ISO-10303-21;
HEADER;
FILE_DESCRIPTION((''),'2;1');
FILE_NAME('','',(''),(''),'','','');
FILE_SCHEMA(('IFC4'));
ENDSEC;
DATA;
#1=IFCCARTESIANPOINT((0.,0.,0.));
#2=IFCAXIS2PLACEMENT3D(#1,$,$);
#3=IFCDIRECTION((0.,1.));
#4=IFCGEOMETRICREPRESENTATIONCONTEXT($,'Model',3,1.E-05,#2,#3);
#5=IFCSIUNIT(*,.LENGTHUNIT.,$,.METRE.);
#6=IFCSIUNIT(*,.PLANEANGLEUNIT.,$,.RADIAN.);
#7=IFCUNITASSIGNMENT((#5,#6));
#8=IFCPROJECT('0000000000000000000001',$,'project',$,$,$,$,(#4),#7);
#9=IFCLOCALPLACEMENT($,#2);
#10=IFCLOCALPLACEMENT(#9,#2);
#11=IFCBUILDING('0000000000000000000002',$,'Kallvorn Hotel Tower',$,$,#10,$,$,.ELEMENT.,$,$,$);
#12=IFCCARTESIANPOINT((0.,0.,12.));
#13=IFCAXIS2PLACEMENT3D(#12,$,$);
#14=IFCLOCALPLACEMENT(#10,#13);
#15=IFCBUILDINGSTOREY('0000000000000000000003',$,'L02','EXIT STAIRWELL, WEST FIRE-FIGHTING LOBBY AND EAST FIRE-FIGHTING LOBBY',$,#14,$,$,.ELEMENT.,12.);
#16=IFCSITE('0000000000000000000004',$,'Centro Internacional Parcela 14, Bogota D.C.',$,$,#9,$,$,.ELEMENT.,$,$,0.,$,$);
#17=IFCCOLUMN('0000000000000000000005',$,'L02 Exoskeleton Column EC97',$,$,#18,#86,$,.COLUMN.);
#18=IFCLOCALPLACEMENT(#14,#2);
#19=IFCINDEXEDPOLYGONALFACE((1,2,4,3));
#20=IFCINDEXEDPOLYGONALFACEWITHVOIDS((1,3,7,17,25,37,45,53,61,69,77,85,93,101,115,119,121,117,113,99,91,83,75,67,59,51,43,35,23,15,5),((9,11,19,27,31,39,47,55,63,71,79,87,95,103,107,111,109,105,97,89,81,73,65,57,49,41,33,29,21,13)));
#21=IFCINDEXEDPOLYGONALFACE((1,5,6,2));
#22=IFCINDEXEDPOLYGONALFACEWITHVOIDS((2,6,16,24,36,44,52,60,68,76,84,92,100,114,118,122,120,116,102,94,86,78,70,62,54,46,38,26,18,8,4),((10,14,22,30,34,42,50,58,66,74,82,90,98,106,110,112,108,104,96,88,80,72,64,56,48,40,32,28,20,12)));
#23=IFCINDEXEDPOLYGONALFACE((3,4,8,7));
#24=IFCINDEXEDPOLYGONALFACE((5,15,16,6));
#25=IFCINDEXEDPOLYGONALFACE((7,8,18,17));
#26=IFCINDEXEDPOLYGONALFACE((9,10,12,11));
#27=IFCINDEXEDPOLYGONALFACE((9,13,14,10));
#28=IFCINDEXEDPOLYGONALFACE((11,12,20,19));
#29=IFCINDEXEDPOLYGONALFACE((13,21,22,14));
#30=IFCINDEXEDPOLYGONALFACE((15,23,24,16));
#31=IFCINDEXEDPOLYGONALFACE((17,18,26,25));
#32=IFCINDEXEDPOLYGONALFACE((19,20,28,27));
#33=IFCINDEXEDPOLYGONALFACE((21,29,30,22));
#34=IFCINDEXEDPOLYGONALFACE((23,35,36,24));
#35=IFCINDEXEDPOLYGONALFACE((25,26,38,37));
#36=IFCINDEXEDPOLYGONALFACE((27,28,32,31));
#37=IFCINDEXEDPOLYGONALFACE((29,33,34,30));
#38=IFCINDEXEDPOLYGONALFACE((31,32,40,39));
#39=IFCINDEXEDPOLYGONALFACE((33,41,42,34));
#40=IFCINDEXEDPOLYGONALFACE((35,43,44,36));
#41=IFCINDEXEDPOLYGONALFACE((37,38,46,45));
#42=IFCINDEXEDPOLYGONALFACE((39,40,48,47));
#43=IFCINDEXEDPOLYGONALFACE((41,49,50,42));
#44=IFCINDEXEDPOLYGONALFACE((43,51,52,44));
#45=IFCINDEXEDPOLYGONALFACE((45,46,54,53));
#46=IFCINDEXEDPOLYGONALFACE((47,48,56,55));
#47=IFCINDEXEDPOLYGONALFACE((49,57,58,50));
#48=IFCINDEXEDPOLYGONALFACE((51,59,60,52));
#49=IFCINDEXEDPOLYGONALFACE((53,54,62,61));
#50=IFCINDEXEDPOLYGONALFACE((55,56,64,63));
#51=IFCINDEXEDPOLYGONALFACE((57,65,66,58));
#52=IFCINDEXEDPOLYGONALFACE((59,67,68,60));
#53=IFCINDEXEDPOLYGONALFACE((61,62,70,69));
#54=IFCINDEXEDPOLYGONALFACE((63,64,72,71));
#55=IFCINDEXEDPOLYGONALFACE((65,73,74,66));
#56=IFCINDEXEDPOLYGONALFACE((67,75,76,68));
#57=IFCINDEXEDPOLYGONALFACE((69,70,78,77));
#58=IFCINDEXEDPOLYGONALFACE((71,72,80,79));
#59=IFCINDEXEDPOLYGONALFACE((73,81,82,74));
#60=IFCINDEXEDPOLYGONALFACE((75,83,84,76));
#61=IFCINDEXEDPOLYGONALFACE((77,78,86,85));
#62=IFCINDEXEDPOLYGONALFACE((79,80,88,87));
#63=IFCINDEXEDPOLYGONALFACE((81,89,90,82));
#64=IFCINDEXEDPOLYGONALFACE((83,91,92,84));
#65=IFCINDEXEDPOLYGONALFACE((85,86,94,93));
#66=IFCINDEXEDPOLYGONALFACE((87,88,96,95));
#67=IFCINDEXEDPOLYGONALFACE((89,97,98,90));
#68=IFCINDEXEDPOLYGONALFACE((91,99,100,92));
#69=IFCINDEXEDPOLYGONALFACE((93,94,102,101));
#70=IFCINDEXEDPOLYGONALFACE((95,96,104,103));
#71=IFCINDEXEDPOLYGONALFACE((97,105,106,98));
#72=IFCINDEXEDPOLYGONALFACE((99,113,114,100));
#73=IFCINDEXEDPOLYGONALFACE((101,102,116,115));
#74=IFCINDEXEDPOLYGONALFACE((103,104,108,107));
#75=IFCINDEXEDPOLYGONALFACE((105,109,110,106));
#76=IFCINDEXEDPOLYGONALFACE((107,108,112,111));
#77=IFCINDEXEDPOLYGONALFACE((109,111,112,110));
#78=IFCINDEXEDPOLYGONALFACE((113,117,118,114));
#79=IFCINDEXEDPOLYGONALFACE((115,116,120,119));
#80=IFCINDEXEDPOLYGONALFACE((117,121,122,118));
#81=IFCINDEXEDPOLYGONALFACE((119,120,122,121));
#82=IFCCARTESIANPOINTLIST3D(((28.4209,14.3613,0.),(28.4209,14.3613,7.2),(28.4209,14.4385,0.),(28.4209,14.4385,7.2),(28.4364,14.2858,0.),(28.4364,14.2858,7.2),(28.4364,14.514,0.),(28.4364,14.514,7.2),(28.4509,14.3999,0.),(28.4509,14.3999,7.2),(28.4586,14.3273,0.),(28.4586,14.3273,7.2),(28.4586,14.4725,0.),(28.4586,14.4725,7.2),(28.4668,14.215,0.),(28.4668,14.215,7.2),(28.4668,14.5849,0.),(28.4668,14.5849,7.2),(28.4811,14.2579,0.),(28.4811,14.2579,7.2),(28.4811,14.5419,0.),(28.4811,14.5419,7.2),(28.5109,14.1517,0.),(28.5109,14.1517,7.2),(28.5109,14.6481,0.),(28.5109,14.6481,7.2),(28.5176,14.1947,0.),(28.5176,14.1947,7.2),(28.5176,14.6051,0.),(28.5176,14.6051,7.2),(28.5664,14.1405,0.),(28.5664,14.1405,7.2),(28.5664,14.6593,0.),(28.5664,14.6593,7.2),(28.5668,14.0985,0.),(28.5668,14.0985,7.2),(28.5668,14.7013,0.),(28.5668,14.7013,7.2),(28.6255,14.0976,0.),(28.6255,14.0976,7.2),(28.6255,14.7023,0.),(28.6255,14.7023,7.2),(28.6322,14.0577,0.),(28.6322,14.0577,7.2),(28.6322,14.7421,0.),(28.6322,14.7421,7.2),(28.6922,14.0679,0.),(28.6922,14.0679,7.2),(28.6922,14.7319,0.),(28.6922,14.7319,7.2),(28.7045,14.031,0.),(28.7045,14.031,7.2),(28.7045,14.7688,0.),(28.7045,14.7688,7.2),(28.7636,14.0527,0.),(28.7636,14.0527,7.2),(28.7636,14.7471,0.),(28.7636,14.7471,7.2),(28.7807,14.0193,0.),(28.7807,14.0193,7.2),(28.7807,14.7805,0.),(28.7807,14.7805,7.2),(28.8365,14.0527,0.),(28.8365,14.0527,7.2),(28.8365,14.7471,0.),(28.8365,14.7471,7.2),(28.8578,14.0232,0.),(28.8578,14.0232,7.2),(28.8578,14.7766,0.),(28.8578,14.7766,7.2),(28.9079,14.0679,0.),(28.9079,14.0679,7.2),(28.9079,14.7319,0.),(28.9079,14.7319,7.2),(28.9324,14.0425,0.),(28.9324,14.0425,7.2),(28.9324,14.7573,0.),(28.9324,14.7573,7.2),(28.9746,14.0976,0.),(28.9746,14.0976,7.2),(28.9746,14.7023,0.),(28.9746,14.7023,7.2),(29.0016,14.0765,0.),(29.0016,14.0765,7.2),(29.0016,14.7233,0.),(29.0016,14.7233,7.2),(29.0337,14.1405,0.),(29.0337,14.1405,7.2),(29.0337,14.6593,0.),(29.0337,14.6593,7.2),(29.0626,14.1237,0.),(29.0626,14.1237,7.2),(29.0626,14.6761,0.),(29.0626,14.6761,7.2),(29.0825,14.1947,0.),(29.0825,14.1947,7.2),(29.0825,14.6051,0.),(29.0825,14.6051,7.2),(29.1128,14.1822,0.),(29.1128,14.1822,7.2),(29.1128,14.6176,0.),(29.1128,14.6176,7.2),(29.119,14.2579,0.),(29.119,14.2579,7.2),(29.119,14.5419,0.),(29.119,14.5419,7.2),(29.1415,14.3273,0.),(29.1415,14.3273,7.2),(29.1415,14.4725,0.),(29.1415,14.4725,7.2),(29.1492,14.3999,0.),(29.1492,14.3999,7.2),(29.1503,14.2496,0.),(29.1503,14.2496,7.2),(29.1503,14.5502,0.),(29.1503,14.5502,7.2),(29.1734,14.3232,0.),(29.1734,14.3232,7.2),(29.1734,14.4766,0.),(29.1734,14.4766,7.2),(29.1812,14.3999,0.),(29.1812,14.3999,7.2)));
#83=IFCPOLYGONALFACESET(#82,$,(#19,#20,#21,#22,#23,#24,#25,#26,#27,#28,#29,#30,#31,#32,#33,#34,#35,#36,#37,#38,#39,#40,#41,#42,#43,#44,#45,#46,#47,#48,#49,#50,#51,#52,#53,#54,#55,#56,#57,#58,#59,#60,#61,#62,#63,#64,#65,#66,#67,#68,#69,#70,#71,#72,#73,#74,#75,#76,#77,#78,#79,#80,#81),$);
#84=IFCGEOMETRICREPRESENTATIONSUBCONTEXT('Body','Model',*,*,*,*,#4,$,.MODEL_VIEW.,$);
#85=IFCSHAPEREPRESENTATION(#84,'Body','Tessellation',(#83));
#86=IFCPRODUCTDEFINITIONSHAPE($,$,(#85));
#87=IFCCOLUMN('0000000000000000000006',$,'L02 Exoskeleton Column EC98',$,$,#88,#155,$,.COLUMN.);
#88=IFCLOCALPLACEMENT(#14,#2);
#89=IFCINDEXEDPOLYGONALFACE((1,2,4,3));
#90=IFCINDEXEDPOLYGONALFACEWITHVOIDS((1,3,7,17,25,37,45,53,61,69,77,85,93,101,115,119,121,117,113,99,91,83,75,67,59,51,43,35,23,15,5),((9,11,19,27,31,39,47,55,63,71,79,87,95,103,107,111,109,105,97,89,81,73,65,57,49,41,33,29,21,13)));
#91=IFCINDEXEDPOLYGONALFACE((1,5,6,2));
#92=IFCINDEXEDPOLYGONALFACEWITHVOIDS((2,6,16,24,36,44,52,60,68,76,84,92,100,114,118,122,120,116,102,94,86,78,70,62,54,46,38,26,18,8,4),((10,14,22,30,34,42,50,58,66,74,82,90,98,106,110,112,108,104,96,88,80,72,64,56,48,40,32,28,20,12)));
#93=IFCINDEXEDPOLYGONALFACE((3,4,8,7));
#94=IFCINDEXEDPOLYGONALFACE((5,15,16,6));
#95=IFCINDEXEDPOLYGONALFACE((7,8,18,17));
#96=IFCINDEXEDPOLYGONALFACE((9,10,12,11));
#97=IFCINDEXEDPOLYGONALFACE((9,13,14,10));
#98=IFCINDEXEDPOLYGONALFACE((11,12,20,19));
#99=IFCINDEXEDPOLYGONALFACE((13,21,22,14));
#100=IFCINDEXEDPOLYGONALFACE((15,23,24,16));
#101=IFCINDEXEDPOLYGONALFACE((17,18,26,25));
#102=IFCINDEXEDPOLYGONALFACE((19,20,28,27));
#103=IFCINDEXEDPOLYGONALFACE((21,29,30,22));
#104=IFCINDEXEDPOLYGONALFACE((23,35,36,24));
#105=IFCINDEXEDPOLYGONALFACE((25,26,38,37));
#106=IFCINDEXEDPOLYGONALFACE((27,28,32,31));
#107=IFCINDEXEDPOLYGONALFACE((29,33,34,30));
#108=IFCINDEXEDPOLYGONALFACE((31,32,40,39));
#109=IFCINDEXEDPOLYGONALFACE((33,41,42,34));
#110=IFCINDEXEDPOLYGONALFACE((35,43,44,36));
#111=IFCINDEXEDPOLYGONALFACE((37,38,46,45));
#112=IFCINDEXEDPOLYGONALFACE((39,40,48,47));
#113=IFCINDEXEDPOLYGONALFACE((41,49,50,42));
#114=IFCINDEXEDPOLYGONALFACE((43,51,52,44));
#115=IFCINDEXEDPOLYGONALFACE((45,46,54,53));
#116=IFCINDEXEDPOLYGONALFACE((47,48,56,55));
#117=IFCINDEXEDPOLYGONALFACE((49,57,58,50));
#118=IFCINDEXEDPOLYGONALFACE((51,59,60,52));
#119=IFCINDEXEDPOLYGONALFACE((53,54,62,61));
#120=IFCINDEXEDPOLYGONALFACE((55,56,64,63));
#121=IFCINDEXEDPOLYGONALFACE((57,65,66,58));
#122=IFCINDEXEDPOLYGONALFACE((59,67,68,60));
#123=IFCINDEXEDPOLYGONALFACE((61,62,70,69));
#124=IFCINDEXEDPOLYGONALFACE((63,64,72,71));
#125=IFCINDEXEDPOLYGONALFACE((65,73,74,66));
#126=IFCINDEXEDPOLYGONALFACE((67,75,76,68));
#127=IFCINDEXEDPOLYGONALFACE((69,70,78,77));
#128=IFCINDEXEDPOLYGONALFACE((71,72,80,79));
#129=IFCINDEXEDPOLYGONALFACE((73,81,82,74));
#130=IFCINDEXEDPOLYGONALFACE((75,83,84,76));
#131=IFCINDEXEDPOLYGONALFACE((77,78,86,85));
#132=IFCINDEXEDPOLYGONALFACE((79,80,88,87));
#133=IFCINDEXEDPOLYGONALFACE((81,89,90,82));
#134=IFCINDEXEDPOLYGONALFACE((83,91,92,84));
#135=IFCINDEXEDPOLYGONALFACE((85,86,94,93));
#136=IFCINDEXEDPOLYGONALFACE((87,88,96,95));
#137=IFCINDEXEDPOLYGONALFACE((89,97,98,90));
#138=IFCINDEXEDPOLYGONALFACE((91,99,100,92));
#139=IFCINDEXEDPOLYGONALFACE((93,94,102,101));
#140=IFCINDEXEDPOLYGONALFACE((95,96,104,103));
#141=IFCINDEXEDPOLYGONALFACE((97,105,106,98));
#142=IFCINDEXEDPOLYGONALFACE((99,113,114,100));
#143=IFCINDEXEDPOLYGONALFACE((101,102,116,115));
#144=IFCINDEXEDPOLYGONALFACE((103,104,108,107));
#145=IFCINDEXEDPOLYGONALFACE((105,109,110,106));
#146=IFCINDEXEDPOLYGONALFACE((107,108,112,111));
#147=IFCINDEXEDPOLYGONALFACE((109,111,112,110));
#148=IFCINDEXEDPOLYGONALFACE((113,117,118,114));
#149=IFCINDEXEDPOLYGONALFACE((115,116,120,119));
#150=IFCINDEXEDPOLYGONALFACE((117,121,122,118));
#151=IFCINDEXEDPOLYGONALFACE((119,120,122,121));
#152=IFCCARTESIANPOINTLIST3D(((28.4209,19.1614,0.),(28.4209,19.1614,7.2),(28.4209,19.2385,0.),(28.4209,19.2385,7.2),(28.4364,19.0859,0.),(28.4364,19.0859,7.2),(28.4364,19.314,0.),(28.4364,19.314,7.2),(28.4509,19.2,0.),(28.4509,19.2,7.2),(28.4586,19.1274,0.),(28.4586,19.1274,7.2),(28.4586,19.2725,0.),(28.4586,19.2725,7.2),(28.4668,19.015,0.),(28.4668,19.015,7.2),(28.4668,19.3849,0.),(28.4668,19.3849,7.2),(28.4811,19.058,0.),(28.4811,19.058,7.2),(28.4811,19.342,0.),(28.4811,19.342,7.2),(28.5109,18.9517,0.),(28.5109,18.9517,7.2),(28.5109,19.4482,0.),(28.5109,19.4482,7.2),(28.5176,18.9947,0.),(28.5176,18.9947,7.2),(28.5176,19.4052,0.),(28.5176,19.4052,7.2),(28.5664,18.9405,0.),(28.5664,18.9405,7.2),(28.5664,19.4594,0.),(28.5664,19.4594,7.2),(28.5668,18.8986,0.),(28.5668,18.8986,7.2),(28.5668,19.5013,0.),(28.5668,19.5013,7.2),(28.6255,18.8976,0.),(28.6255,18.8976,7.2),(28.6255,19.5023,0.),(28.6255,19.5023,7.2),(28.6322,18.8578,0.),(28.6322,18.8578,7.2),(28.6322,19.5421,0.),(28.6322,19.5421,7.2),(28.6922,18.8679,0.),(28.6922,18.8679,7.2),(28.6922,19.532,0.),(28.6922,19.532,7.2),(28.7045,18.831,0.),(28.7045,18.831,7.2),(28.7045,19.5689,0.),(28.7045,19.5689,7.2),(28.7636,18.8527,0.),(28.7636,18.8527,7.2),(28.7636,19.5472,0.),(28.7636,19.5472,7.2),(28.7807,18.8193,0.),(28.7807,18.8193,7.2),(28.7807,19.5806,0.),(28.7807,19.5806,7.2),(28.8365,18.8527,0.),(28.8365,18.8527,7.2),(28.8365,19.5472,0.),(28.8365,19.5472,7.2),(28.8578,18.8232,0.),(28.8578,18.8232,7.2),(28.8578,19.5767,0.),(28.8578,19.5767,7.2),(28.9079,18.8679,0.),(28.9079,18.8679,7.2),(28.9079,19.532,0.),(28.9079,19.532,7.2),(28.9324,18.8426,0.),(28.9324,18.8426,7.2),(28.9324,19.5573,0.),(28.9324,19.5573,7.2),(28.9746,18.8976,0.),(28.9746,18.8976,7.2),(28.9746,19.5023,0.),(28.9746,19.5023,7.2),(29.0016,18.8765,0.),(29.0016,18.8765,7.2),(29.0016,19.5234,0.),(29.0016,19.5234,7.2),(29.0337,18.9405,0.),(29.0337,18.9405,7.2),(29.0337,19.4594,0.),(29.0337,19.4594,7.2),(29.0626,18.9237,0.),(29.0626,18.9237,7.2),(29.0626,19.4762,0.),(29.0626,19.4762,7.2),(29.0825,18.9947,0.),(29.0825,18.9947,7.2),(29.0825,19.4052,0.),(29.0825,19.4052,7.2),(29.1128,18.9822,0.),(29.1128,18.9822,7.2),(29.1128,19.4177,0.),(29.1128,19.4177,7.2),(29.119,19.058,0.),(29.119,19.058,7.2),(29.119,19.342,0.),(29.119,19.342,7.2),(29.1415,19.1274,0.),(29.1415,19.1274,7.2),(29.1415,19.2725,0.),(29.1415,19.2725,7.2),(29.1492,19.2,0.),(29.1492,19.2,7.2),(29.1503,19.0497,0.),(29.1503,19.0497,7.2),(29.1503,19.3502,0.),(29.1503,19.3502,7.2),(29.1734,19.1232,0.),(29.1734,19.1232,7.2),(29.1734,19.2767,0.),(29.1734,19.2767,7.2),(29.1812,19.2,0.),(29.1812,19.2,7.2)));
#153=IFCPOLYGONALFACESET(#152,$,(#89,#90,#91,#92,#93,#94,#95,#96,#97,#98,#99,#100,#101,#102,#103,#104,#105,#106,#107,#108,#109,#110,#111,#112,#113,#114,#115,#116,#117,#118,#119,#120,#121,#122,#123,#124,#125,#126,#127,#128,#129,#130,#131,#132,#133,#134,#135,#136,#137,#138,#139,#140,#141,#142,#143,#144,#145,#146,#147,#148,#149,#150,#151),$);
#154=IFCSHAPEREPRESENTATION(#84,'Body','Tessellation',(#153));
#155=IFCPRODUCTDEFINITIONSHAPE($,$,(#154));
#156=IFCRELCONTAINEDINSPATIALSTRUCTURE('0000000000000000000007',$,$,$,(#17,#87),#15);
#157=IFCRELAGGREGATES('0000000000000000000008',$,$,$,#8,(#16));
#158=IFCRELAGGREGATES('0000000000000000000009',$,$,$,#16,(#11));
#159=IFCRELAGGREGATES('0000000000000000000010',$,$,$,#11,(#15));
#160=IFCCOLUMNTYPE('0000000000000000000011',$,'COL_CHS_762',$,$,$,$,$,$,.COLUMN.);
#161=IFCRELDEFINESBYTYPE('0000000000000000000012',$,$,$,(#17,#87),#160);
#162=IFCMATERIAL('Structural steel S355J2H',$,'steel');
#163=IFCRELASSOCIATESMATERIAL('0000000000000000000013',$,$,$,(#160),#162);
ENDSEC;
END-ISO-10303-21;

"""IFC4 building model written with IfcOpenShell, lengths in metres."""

from ifc_helpers import new_model, si_unit, direction, frame, origin, origin_2d, place, context, subcontext, project, spatial, hollow_circle, extrude, material, material_profile, profile_set, type_object, element, save


model = new_model("IFC4")

# Units and contexts
model_context = context("Model", 3, precision=1e-05, world=origin(), true_north=direction((0.0, 1.0)))
body_context = subcontext(model_context, "Body", "Model", "MODEL_VIEW")
ifc_project = project(units=[si_unit("LENGTHUNIT", "METRE"), si_unit("PLANEANGLEUNIT", "RADIAN")], contexts=[model_context])

# Site, building, storey
site_placement = place(None, origin())
site = spatial("IfcSite", under=ifc_project, at=site_placement, Name="Centro Internacional Parcela 14, Bogota D.C.", CompositionType="ELEMENT", RefElevation=0.0)
building_placement = place(site_placement, origin())
building = spatial("IfcBuilding", under=site, at=building_placement, Name="Kallvorn Hotel Tower", CompositionType="ELEMENT")
storey_placement = place(building_placement, frame((0.0, 0.0, 12.0)))
storey = spatial("IfcBuildingStorey", under=building, at=storey_placement, Name="L02", Description="EXIT STAIRWELL, WEST FIRE-FIGHTING LOBBY AND EAST FIRE-FIGHTING LOBBY", CompositionType="ELEMENT", Elevation=12.0)

# Columns
ifc_material_1 = material(Name="Structural steel S355J2H", Category="steel")
ifc_material_profile_1 = material_profile(ifc_material_1, hollow_circle(Radius=0.3811, WallThickness=0.032, at=origin_2d()), Name="CHS 762x32")
ifc_profile_set_1 = profile_set([ifc_material_profile_1], Name="Structural steel S355J2H")
column_type_1 = type_object("IfcColumnType", Name="COL_CHS_762", PredefinedType="COLUMN", material=ifc_profile_set_1)
for number, where, z_axis, x_axis, name in (
    (1, (28.8, 14.3999, 0.0), (0.0, 0.0, 1.0), (1.0, 0.0, 0.0), "L02 Exoskeleton Column EC97"),
    (2, (28.8, 19.2, 0.0), (0.0, 0.0, 1.0), (1.0, 0.0, 0.0), "L02 Exoskeleton Column EC98"),
):
    element("IfcColumn", number, at=place(storey_placement, frame(where, z_axis=z_axis, x_axis=x_axis)), inside=storey, type_object=column_type_1, Name=name, PredefinedType="COLUMN", context=body_context, shape_type="SweptSolid", body=[
        extrude(hollow_circle(Radius=0.3811, WallThickness=0.032, at=origin_2d()), origin(), (0.0, 0.0, 1.0), 7.2),
    ])

save(model, "model.ifc")
